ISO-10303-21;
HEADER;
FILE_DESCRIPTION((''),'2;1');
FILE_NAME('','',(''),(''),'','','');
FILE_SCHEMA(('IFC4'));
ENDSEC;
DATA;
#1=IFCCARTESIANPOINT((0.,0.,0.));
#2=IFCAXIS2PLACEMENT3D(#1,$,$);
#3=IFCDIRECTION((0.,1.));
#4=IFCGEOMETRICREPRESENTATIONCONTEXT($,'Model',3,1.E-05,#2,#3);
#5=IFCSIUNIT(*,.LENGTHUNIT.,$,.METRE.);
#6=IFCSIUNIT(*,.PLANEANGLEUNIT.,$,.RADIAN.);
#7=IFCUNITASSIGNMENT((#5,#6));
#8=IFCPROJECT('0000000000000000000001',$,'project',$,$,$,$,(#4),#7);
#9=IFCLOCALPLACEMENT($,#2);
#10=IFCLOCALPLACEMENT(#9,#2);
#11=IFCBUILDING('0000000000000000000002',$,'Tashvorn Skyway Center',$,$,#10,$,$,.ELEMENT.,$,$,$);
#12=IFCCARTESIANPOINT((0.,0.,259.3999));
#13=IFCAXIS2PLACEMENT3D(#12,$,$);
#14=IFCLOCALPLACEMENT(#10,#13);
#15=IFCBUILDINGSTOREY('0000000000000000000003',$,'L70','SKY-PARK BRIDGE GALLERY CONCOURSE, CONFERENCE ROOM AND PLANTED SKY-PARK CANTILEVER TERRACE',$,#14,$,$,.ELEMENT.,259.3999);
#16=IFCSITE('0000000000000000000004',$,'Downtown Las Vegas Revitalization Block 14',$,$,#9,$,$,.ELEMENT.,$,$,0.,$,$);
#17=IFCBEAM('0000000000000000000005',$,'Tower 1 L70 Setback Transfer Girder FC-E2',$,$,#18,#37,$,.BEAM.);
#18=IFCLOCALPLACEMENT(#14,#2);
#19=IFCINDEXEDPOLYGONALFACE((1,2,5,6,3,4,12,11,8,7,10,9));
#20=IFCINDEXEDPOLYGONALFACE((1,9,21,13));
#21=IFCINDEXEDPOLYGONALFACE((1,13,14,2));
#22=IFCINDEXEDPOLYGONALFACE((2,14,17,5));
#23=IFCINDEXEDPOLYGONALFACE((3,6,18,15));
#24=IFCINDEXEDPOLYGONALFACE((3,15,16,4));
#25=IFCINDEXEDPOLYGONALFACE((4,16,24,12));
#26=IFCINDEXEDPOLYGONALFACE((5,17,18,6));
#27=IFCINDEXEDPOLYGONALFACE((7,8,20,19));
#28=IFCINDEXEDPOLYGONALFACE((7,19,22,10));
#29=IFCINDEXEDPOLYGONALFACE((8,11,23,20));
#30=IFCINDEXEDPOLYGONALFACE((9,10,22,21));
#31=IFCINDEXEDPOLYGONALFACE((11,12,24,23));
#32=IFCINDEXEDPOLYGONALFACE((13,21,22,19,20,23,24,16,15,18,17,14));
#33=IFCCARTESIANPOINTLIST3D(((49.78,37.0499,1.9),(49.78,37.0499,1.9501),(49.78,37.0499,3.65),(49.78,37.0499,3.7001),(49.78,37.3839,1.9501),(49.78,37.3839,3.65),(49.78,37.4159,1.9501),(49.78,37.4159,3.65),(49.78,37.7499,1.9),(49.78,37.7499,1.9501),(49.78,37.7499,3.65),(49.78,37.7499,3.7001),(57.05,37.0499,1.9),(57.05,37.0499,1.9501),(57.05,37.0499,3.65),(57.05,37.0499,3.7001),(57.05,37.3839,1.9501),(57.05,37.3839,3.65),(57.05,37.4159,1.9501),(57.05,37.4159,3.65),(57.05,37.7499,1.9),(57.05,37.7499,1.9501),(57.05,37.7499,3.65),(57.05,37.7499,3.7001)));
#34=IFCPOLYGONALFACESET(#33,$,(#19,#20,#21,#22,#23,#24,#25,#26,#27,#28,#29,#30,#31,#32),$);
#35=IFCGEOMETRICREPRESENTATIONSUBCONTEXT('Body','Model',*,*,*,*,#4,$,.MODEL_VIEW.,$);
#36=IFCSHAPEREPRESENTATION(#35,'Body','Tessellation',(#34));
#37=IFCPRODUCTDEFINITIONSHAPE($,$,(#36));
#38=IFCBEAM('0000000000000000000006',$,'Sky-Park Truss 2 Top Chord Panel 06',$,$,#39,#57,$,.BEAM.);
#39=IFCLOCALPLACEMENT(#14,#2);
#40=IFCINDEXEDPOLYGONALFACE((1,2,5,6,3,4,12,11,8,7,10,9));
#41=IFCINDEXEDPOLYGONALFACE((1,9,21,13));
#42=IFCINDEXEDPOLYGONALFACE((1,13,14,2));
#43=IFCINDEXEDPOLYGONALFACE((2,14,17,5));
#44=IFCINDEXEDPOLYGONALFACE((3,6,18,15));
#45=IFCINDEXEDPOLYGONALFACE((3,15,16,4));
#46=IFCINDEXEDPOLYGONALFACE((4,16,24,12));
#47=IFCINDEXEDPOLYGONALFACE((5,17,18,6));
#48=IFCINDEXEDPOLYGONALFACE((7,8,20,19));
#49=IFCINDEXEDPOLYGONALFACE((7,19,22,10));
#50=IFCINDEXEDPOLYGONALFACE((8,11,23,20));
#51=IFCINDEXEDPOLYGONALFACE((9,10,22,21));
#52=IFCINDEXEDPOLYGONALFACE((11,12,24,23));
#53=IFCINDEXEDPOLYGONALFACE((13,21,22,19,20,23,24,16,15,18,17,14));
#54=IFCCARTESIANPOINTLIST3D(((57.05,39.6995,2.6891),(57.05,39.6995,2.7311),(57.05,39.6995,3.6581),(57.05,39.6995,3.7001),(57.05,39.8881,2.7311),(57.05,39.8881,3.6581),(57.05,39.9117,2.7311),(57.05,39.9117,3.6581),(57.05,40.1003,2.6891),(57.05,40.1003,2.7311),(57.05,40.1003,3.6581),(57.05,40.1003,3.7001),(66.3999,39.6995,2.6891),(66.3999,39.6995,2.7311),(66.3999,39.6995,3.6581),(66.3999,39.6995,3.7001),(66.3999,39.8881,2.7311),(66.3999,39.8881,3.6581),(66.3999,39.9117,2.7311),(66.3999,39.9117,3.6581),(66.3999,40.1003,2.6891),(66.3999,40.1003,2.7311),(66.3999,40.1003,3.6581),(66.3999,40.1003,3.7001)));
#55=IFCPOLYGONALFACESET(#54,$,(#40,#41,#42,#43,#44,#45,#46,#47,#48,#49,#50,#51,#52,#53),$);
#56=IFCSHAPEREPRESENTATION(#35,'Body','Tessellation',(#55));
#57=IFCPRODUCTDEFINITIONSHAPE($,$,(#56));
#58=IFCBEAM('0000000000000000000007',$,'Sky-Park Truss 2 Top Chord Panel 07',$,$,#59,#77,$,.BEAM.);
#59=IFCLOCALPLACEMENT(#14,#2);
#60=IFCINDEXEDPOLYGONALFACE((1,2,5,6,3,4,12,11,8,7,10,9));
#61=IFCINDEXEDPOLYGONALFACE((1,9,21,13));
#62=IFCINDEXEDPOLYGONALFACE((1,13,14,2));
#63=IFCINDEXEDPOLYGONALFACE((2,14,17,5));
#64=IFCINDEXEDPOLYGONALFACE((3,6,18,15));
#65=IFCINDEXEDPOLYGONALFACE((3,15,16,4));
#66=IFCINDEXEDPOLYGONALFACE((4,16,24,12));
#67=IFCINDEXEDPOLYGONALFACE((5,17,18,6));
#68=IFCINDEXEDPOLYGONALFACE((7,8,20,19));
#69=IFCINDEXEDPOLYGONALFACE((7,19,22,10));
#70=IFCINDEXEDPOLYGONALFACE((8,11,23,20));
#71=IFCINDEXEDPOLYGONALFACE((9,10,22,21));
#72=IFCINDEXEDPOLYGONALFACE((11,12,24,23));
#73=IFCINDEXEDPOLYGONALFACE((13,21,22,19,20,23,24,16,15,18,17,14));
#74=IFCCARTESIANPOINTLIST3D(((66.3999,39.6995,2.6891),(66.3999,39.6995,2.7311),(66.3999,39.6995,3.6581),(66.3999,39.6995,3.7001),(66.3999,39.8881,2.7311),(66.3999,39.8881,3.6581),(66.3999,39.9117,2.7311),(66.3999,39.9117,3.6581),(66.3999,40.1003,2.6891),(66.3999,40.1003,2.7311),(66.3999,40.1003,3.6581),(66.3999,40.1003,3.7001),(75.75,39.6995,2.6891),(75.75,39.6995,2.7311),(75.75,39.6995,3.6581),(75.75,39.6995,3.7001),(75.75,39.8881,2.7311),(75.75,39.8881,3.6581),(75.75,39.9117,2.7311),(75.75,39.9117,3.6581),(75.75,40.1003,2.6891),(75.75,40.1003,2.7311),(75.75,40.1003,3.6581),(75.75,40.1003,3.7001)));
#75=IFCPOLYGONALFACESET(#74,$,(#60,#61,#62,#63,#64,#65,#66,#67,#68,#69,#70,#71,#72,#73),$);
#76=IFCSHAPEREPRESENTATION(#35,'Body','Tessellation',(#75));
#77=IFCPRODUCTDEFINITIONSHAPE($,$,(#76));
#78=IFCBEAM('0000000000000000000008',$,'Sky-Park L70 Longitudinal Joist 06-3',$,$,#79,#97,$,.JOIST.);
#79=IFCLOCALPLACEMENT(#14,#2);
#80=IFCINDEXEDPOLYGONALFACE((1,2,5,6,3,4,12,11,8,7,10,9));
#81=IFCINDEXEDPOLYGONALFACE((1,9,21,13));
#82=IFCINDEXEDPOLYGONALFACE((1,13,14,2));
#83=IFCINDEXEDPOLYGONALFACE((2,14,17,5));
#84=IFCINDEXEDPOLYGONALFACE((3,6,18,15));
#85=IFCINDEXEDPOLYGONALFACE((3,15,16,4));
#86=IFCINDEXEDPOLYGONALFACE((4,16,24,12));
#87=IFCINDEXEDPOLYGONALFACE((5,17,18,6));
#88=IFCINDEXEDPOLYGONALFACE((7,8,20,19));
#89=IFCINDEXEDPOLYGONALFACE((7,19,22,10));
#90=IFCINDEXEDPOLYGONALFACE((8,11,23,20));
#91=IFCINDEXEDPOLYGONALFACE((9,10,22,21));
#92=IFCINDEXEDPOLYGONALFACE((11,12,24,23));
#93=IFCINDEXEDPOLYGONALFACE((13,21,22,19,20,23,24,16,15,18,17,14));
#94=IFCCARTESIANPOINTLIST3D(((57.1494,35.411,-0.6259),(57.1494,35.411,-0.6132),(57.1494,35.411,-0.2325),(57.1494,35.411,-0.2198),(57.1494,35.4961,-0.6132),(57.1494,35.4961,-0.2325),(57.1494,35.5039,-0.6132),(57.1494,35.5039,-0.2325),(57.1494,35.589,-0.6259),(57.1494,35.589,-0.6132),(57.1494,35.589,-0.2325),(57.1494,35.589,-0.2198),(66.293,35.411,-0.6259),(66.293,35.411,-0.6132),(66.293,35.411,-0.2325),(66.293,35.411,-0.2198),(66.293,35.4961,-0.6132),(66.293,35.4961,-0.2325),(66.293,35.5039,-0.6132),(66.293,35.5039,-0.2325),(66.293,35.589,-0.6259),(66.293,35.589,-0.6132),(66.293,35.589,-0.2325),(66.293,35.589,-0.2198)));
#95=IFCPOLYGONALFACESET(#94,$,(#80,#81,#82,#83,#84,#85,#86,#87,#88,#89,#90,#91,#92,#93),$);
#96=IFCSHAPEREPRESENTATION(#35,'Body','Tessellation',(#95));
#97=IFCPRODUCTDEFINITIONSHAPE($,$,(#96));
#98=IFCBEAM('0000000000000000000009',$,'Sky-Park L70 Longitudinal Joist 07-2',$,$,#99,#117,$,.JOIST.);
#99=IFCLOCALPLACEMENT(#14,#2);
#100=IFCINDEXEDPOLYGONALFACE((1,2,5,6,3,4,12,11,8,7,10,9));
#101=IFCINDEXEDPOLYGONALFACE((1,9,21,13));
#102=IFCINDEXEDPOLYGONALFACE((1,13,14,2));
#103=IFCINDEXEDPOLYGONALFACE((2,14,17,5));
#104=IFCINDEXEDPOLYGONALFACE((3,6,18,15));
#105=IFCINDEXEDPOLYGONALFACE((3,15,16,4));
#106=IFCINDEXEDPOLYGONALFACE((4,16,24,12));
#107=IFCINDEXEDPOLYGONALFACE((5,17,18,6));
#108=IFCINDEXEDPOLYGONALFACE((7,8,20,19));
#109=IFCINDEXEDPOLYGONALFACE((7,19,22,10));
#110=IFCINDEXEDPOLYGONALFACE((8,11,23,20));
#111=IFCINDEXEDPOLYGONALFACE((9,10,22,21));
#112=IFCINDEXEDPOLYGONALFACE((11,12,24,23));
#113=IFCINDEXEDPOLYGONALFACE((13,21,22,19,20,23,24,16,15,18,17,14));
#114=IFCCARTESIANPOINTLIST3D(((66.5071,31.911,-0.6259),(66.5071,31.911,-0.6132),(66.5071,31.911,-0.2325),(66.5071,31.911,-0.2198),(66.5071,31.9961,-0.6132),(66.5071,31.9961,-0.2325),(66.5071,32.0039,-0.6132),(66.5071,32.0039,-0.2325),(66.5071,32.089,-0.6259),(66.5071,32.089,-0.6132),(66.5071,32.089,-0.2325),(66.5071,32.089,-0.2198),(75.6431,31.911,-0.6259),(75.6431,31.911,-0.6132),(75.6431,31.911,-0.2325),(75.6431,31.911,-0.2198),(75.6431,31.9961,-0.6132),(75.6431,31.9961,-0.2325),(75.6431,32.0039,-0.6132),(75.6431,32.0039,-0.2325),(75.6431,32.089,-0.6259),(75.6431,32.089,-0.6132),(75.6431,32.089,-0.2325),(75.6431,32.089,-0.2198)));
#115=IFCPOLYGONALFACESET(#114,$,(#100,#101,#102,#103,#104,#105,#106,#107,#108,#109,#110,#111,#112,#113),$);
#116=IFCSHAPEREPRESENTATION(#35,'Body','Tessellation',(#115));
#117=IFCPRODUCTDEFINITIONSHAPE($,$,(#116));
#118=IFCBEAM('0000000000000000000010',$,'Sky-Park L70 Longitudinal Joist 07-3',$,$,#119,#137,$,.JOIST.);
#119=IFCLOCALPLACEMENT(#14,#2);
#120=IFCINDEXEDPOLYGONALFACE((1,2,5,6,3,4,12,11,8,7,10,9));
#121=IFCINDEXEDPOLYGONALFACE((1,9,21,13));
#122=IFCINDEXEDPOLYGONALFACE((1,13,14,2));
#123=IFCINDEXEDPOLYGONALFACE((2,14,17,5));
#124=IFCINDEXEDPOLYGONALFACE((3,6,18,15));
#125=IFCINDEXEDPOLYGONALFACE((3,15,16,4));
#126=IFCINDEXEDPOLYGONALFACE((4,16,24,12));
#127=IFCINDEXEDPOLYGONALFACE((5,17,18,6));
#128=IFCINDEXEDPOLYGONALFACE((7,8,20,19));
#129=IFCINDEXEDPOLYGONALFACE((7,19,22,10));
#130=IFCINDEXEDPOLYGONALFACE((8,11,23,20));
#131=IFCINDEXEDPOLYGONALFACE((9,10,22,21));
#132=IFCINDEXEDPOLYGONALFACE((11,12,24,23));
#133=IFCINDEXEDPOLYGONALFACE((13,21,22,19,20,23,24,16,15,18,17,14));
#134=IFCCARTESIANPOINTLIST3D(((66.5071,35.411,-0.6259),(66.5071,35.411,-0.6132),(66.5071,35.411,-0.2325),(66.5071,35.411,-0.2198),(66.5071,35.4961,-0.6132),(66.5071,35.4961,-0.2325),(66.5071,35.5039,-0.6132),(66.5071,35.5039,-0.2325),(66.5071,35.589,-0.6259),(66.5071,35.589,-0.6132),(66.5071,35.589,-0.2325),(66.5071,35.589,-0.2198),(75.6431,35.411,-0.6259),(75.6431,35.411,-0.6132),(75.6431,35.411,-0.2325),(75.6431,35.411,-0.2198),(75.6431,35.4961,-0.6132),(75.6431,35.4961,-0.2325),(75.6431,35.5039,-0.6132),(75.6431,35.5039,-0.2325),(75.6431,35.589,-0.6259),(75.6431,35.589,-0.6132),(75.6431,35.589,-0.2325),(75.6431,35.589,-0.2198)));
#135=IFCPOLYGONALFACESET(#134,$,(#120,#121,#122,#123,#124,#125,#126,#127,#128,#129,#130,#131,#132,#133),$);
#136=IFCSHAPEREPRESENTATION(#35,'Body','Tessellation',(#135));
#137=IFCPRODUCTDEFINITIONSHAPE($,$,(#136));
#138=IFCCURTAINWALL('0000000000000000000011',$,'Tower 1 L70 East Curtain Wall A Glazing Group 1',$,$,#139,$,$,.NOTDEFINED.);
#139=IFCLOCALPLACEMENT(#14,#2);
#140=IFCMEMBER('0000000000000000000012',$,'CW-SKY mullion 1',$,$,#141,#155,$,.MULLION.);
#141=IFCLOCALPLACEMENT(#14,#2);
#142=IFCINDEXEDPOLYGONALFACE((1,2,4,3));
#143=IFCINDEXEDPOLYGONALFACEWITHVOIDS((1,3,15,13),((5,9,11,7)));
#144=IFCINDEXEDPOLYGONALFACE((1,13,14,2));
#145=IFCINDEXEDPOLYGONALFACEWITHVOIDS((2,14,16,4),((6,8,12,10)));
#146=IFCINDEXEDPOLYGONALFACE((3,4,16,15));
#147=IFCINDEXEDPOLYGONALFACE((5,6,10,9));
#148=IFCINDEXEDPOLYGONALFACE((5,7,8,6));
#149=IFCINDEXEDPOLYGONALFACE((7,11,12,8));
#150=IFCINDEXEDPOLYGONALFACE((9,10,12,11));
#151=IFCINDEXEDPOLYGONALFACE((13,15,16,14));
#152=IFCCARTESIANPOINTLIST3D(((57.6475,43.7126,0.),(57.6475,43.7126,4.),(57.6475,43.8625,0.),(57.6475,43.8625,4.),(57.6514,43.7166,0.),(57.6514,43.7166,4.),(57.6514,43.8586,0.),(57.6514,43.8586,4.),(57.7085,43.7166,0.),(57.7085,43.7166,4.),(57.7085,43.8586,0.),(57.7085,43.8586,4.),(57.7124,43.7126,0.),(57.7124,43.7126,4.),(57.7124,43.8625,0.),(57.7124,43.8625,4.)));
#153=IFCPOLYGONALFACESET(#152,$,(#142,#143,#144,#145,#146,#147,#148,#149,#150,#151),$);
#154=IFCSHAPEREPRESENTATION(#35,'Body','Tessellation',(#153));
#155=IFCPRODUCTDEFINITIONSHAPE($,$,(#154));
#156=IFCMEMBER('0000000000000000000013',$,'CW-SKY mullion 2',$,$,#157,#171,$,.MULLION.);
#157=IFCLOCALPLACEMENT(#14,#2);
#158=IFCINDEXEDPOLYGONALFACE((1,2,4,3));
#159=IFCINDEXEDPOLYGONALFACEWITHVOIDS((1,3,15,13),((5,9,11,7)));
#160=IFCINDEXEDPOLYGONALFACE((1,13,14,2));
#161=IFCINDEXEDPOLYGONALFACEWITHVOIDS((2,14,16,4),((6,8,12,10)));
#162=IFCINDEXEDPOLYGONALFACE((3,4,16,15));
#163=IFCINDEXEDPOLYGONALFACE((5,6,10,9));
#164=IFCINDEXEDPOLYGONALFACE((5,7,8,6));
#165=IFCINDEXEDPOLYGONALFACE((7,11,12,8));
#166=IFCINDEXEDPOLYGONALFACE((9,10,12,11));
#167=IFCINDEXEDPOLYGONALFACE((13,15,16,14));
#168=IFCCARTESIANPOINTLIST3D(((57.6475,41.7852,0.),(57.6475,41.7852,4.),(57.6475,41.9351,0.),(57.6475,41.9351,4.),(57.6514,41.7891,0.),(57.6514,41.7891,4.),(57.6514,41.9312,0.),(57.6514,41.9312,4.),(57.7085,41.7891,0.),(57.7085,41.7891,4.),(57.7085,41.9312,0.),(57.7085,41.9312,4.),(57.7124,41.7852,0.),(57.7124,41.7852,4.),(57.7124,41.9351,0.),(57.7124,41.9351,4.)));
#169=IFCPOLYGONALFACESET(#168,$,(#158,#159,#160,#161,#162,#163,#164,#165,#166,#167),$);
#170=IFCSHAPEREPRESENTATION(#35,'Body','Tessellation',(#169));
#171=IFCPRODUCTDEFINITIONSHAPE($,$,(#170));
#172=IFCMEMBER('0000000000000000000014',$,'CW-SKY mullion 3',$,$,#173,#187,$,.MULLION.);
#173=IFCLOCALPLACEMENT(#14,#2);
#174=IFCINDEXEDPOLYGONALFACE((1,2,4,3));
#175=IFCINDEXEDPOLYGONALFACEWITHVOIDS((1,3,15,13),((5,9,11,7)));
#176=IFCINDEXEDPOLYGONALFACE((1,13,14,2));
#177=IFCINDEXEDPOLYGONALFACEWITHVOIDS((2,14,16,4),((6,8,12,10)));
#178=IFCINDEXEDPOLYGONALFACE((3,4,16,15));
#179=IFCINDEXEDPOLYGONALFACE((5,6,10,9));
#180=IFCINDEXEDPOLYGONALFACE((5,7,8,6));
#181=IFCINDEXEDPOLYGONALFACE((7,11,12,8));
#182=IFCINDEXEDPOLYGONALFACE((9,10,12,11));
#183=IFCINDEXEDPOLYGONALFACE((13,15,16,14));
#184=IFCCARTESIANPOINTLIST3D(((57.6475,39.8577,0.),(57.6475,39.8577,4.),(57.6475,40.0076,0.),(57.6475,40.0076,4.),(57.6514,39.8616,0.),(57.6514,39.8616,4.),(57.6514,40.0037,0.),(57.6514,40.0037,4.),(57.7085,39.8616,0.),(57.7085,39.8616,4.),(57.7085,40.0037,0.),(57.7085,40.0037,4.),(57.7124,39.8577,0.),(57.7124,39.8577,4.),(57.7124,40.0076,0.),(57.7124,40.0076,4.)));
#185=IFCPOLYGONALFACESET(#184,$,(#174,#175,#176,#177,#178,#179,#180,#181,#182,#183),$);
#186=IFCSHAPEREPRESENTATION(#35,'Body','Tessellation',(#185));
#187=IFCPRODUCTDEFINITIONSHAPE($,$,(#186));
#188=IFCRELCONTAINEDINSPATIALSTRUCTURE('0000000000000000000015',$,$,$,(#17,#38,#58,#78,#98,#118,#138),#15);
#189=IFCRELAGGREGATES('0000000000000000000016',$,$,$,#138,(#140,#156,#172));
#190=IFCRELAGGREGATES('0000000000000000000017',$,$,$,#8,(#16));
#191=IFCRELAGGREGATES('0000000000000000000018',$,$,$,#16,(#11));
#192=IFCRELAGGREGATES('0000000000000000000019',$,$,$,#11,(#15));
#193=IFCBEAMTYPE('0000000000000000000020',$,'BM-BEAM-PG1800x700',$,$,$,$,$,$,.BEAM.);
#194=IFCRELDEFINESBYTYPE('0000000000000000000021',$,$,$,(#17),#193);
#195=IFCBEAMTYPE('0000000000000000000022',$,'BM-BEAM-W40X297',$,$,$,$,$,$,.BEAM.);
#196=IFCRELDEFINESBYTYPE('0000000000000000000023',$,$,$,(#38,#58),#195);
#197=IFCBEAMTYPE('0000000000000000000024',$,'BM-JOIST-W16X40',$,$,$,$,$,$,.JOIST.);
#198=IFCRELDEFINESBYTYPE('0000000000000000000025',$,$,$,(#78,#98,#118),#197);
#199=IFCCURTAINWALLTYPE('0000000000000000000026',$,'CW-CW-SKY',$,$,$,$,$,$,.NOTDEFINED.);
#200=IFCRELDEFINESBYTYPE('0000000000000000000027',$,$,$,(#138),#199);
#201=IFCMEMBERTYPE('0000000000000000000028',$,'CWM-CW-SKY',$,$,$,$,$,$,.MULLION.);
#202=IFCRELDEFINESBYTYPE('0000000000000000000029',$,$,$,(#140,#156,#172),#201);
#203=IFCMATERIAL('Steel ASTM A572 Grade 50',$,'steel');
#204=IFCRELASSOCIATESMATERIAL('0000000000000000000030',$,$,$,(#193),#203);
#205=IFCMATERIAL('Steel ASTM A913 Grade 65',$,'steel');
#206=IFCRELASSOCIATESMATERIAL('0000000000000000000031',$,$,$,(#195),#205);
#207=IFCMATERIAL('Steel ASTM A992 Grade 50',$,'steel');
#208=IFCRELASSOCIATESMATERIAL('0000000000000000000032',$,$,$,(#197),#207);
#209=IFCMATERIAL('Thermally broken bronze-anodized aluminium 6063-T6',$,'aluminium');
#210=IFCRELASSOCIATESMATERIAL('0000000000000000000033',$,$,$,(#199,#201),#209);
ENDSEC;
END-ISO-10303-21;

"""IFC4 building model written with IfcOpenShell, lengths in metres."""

from ifc_helpers import new_model, si_unit, direction, frame, origin, origin_2d, place, context, subcontext, project, spatial, hollow_rectangle, i_section, extrude, material, material_profile, profile_set, type_object, element, aggregate, save


model = new_model("IFC4")

# Units and contexts
model_context = context("Model", 3, precision=1e-05, world=origin(), true_north=direction((0.0, 1.0)))
body_context = subcontext(model_context, "Body", "Model", "MODEL_VIEW")
ifc_project = project(units=[si_unit("LENGTHUNIT", "METRE"), si_unit("PLANEANGLEUNIT", "RADIAN")], contexts=[model_context])

# Site, building, storey
site_placement = place(None, origin())
site = spatial("IfcSite", under=ifc_project, at=site_placement, Name="Downtown Las Vegas Revitalization Block 14", CompositionType="ELEMENT", RefElevation=0.0)
building_placement = place(site_placement, origin())
building = spatial("IfcBuilding", under=site, at=building_placement, Name="Tashvorn Skyway Center", CompositionType="ELEMENT")
storey_placement = place(building_placement, frame((0.0, 0.0, 259.3999)))
storey = spatial("IfcBuildingStorey", under=building, at=storey_placement, Name="L70", Description="SKY-PARK BRIDGE GALLERY CONCOURSE, CONFERENCE ROOM AND PLANTED SKY-PARK CANTILEVER TERRACE", CompositionType="ELEMENT", Elevation=259.3999)

# Beams
ifc_material_1 = material(Name="Steel ASTM A572 Grade 50", Category="steel")
ifc_material_profile_1 = material_profile(ifc_material_1, i_section(OverallWidth=0.7, OverallDepth=1.8, WebThickness=0.032, FlangeThickness=0.05, at=origin_2d()), Name="PG1800x700")
ifc_profile_set_1 = profile_set([ifc_material_profile_1], Name="Steel ASTM A572 Grade 50")
beam_type_1 = type_object("IfcBeamType", Name="BM-BEAM-PG1800x700", PredefinedType="BEAM", material=ifc_profile_set_1)
beam_1_placement = place(storey_placement, frame((57.05, 37.3999, 2.8), z_axis=(-1.0, 0.0, 0.0), x_axis=(0.0, -1.0, 0.0)))
element("IfcBeam", 1, at=beam_1_placement, inside=storey, type_object=beam_type_1, Name="Tower 1 L70 Setback Transfer Girder FC-E2", PredefinedType="BEAM", context=body_context, shape_type="SweptSolid", body=[
    extrude(i_section(OverallWidth=0.7, OverallDepth=1.8, WebThickness=0.032, FlangeThickness=0.05, at=origin_2d()), origin(), (0.0, 0.0, 1.0), 7.27),
])
ifc_material_2 = material(Name="Steel ASTM A913 Grade 65", Category="steel")
ifc_material_profile_2 = material_profile(ifc_material_2, i_section(OverallWidth=0.4009, OverallDepth=1.011, WebThickness=0.0237, FlangeThickness=0.042, at=origin_2d()), Name="W40X297")
ifc_profile_set_2 = profile_set([ifc_material_profile_2], Name="Steel ASTM A913 Grade 65")
beam_type_2 = type_object("IfcBeamType", Name="BM-BEAM-W40X297", PredefinedType="BEAM", material=ifc_profile_set_2)
beam_2_placement = place(storey_placement, frame((57.05, 39.8999, 3.1946), z_axis=(1.0, 0.0, 0.0), x_axis=(0.0, 1.0, 0.0)))
element("IfcBeam", 2, at=beam_2_placement, inside=storey, type_object=beam_type_2, Name="Sky-Park Truss 2 Top Chord Panel 06", PredefinedType="BEAM", context=body_context, shape_type="SweptSolid", body=[
    extrude(i_section(OverallWidth=0.4009, OverallDepth=1.011, WebThickness=0.0237, FlangeThickness=0.042, at=origin_2d()), origin(), (0.0, 0.0, 1.0), 9.3499),
])
beam_3_placement = place(storey_placement, frame((66.3999, 39.8999, 3.1946), z_axis=(1.0, 0.0, 0.0), x_axis=(0.0, 1.0, 0.0)))
element("IfcBeam", 3, at=beam_3_placement, inside=storey, type_object=beam_type_2, Name="Sky-Park Truss 2 Top Chord Panel 07", PredefinedType="BEAM", context=body_context, shape_type="SweptSolid", body=[
    extrude(i_section(OverallWidth=0.4009, OverallDepth=1.011, WebThickness=0.0237, FlangeThickness=0.042, at=origin_2d()), origin(), (0.0, 0.0, 1.0), 9.3501),
])
ifc_material_3 = material(Name="Steel ASTM A992 Grade 50", Category="steel")
ifc_material_profile_3 = material_profile(ifc_material_3, i_section(OverallWidth=0.178, OverallDepth=0.406, WebThickness=0.0078, FlangeThickness=0.0127, at=origin_2d()), Name="W16X40")
ifc_profile_set_3 = profile_set([ifc_material_profile_3], Name="Steel ASTM A992 Grade 50")
beam_type_3 = type_object("IfcBeamType", Name="BM-JOIST-W16X40", PredefinedType="JOIST", material=ifc_profile_set_3)
beam_4_placement = place(storey_placement, frame((57.1494, 35.5, -0.4229), z_axis=(1.0, 0.0, 0.0), x_axis=(0.0, 1.0, 0.0)))
element("IfcBeam", 4, at=beam_4_placement, inside=storey, type_object=beam_type_3, Name="Sky-Park L70 Longitudinal Joist 06-3", PredefinedType="JOIST", context=body_context, shape_type="SweptSolid", body=[
    extrude(i_section(OverallWidth=0.178, OverallDepth=0.406, WebThickness=0.0078, FlangeThickness=0.0127, at=origin_2d()), origin(), (0.0, 0.0, 1.0), 9.1436),
])
for number, where, z_axis, x_axis, name in (
    (5, (66.5071, 32.0, -0.4229), (1.0, 0.0, 0.0), (0.0, 1.0, 0.0), "Sky-Park L70 Longitudinal Joist 07-2"),
    (6, (66.5071, 35.5, -0.4229), (1.0, 0.0, 0.0), (0.0, 1.0, 0.0), "Sky-Park L70 Longitudinal Joist 07-3"),
):
    element("IfcBeam", number, at=place(storey_placement, frame(where, z_axis=z_axis, x_axis=x_axis)), inside=storey, type_object=beam_type_3, Name=name, PredefinedType="JOIST", context=body_context, shape_type="SweptSolid", body=[
        extrude(i_section(OverallWidth=0.178, OverallDepth=0.406, WebThickness=0.0078, FlangeThickness=0.0127, at=origin_2d()), origin(), (0.0, 0.0, 1.0), 9.136),
    ])

# Curtain wall, members
ifc_material_4 = material(Name="Thermally broken bronze-anodized aluminium 6063-T6", Category="aluminium")
curtain_wall_type = type_object("IfcCurtainWallType", Name="CW-CW-SKY", PredefinedType="NOTDEFINED", material=ifc_material_4)
curtain_wall_1_placement = place(storey_placement, origin())
curtain_wall_1 = element("IfcCurtainWall", 7, at=curtain_wall_1_placement, inside=storey, type_object=curtain_wall_type, Name="Tower 1 L70 East Curtain Wall A Glazing Group 1", PredefinedType="NOTDEFINED")
ifc_material_profile_4 = material_profile(ifc_material_4, hollow_rectangle(XDim=0.0649, YDim=0.1499, WallThickness=0.0039, at=origin_2d()), Name="ALU-MULL-65x150")
ifc_profile_set_4 = profile_set([ifc_material_profile_4], Name="Thermally broken bronze-anodized aluminium 6063-T6")
member_type_1 = type_object("IfcMemberType", Name="CWM-CW-SKY", PredefinedType="MULLION", material=ifc_profile_set_4)
member_1_placement = place(storey_placement, frame((57.6799, 43.7876, 0.0), z_axis=(0.0, 0.0, 1.0), x_axis=(1.0, 0.0, 0.0)))
member_1 = element("IfcMember", 8, at=member_1_placement, type_object=member_type_1, Name="CW-SKY mullion 1", PredefinedType="MULLION", context=body_context, shape_type="SweptSolid", body=[
    extrude(hollow_rectangle(XDim=0.0649, YDim=0.1499, WallThickness=0.0039, at=origin_2d()), origin(), (0.0, 0.0, 1.0), 4.0),
])
member_2_placement = place(storey_placement, frame((57.6799, 41.8601, 0.0), z_axis=(0.0, 0.0, 1.0), x_axis=(1.0, 0.0, 0.0)))
member_2 = element("IfcMember", 9, at=member_2_placement, type_object=member_type_1, Name="CW-SKY mullion 2", PredefinedType="MULLION", context=body_context, shape_type="SweptSolid", body=[
    extrude(hollow_rectangle(XDim=0.0649, YDim=0.1499, WallThickness=0.0039, at=origin_2d()), origin(), (0.0, 0.0, 1.0), 4.0),
])
member_3_placement = place(storey_placement, frame((57.6799, 39.9326, 0.0), z_axis=(0.0, 0.0, 1.0), x_axis=(1.0, 0.0, 0.0)))
member_3 = element("IfcMember", 10, at=member_3_placement, type_object=member_type_1, Name="CW-SKY mullion 3", PredefinedType="MULLION", context=body_context, shape_type="SweptSolid", body=[
    extrude(hollow_rectangle(XDim=0.0649, YDim=0.1499, WallThickness=0.0039, at=origin_2d()), origin(), (0.0, 0.0, 1.0), 4.0),
])

aggregate(curtain_wall_1, [member_1, member_2, member_3])

save(model, "model.ifc")
